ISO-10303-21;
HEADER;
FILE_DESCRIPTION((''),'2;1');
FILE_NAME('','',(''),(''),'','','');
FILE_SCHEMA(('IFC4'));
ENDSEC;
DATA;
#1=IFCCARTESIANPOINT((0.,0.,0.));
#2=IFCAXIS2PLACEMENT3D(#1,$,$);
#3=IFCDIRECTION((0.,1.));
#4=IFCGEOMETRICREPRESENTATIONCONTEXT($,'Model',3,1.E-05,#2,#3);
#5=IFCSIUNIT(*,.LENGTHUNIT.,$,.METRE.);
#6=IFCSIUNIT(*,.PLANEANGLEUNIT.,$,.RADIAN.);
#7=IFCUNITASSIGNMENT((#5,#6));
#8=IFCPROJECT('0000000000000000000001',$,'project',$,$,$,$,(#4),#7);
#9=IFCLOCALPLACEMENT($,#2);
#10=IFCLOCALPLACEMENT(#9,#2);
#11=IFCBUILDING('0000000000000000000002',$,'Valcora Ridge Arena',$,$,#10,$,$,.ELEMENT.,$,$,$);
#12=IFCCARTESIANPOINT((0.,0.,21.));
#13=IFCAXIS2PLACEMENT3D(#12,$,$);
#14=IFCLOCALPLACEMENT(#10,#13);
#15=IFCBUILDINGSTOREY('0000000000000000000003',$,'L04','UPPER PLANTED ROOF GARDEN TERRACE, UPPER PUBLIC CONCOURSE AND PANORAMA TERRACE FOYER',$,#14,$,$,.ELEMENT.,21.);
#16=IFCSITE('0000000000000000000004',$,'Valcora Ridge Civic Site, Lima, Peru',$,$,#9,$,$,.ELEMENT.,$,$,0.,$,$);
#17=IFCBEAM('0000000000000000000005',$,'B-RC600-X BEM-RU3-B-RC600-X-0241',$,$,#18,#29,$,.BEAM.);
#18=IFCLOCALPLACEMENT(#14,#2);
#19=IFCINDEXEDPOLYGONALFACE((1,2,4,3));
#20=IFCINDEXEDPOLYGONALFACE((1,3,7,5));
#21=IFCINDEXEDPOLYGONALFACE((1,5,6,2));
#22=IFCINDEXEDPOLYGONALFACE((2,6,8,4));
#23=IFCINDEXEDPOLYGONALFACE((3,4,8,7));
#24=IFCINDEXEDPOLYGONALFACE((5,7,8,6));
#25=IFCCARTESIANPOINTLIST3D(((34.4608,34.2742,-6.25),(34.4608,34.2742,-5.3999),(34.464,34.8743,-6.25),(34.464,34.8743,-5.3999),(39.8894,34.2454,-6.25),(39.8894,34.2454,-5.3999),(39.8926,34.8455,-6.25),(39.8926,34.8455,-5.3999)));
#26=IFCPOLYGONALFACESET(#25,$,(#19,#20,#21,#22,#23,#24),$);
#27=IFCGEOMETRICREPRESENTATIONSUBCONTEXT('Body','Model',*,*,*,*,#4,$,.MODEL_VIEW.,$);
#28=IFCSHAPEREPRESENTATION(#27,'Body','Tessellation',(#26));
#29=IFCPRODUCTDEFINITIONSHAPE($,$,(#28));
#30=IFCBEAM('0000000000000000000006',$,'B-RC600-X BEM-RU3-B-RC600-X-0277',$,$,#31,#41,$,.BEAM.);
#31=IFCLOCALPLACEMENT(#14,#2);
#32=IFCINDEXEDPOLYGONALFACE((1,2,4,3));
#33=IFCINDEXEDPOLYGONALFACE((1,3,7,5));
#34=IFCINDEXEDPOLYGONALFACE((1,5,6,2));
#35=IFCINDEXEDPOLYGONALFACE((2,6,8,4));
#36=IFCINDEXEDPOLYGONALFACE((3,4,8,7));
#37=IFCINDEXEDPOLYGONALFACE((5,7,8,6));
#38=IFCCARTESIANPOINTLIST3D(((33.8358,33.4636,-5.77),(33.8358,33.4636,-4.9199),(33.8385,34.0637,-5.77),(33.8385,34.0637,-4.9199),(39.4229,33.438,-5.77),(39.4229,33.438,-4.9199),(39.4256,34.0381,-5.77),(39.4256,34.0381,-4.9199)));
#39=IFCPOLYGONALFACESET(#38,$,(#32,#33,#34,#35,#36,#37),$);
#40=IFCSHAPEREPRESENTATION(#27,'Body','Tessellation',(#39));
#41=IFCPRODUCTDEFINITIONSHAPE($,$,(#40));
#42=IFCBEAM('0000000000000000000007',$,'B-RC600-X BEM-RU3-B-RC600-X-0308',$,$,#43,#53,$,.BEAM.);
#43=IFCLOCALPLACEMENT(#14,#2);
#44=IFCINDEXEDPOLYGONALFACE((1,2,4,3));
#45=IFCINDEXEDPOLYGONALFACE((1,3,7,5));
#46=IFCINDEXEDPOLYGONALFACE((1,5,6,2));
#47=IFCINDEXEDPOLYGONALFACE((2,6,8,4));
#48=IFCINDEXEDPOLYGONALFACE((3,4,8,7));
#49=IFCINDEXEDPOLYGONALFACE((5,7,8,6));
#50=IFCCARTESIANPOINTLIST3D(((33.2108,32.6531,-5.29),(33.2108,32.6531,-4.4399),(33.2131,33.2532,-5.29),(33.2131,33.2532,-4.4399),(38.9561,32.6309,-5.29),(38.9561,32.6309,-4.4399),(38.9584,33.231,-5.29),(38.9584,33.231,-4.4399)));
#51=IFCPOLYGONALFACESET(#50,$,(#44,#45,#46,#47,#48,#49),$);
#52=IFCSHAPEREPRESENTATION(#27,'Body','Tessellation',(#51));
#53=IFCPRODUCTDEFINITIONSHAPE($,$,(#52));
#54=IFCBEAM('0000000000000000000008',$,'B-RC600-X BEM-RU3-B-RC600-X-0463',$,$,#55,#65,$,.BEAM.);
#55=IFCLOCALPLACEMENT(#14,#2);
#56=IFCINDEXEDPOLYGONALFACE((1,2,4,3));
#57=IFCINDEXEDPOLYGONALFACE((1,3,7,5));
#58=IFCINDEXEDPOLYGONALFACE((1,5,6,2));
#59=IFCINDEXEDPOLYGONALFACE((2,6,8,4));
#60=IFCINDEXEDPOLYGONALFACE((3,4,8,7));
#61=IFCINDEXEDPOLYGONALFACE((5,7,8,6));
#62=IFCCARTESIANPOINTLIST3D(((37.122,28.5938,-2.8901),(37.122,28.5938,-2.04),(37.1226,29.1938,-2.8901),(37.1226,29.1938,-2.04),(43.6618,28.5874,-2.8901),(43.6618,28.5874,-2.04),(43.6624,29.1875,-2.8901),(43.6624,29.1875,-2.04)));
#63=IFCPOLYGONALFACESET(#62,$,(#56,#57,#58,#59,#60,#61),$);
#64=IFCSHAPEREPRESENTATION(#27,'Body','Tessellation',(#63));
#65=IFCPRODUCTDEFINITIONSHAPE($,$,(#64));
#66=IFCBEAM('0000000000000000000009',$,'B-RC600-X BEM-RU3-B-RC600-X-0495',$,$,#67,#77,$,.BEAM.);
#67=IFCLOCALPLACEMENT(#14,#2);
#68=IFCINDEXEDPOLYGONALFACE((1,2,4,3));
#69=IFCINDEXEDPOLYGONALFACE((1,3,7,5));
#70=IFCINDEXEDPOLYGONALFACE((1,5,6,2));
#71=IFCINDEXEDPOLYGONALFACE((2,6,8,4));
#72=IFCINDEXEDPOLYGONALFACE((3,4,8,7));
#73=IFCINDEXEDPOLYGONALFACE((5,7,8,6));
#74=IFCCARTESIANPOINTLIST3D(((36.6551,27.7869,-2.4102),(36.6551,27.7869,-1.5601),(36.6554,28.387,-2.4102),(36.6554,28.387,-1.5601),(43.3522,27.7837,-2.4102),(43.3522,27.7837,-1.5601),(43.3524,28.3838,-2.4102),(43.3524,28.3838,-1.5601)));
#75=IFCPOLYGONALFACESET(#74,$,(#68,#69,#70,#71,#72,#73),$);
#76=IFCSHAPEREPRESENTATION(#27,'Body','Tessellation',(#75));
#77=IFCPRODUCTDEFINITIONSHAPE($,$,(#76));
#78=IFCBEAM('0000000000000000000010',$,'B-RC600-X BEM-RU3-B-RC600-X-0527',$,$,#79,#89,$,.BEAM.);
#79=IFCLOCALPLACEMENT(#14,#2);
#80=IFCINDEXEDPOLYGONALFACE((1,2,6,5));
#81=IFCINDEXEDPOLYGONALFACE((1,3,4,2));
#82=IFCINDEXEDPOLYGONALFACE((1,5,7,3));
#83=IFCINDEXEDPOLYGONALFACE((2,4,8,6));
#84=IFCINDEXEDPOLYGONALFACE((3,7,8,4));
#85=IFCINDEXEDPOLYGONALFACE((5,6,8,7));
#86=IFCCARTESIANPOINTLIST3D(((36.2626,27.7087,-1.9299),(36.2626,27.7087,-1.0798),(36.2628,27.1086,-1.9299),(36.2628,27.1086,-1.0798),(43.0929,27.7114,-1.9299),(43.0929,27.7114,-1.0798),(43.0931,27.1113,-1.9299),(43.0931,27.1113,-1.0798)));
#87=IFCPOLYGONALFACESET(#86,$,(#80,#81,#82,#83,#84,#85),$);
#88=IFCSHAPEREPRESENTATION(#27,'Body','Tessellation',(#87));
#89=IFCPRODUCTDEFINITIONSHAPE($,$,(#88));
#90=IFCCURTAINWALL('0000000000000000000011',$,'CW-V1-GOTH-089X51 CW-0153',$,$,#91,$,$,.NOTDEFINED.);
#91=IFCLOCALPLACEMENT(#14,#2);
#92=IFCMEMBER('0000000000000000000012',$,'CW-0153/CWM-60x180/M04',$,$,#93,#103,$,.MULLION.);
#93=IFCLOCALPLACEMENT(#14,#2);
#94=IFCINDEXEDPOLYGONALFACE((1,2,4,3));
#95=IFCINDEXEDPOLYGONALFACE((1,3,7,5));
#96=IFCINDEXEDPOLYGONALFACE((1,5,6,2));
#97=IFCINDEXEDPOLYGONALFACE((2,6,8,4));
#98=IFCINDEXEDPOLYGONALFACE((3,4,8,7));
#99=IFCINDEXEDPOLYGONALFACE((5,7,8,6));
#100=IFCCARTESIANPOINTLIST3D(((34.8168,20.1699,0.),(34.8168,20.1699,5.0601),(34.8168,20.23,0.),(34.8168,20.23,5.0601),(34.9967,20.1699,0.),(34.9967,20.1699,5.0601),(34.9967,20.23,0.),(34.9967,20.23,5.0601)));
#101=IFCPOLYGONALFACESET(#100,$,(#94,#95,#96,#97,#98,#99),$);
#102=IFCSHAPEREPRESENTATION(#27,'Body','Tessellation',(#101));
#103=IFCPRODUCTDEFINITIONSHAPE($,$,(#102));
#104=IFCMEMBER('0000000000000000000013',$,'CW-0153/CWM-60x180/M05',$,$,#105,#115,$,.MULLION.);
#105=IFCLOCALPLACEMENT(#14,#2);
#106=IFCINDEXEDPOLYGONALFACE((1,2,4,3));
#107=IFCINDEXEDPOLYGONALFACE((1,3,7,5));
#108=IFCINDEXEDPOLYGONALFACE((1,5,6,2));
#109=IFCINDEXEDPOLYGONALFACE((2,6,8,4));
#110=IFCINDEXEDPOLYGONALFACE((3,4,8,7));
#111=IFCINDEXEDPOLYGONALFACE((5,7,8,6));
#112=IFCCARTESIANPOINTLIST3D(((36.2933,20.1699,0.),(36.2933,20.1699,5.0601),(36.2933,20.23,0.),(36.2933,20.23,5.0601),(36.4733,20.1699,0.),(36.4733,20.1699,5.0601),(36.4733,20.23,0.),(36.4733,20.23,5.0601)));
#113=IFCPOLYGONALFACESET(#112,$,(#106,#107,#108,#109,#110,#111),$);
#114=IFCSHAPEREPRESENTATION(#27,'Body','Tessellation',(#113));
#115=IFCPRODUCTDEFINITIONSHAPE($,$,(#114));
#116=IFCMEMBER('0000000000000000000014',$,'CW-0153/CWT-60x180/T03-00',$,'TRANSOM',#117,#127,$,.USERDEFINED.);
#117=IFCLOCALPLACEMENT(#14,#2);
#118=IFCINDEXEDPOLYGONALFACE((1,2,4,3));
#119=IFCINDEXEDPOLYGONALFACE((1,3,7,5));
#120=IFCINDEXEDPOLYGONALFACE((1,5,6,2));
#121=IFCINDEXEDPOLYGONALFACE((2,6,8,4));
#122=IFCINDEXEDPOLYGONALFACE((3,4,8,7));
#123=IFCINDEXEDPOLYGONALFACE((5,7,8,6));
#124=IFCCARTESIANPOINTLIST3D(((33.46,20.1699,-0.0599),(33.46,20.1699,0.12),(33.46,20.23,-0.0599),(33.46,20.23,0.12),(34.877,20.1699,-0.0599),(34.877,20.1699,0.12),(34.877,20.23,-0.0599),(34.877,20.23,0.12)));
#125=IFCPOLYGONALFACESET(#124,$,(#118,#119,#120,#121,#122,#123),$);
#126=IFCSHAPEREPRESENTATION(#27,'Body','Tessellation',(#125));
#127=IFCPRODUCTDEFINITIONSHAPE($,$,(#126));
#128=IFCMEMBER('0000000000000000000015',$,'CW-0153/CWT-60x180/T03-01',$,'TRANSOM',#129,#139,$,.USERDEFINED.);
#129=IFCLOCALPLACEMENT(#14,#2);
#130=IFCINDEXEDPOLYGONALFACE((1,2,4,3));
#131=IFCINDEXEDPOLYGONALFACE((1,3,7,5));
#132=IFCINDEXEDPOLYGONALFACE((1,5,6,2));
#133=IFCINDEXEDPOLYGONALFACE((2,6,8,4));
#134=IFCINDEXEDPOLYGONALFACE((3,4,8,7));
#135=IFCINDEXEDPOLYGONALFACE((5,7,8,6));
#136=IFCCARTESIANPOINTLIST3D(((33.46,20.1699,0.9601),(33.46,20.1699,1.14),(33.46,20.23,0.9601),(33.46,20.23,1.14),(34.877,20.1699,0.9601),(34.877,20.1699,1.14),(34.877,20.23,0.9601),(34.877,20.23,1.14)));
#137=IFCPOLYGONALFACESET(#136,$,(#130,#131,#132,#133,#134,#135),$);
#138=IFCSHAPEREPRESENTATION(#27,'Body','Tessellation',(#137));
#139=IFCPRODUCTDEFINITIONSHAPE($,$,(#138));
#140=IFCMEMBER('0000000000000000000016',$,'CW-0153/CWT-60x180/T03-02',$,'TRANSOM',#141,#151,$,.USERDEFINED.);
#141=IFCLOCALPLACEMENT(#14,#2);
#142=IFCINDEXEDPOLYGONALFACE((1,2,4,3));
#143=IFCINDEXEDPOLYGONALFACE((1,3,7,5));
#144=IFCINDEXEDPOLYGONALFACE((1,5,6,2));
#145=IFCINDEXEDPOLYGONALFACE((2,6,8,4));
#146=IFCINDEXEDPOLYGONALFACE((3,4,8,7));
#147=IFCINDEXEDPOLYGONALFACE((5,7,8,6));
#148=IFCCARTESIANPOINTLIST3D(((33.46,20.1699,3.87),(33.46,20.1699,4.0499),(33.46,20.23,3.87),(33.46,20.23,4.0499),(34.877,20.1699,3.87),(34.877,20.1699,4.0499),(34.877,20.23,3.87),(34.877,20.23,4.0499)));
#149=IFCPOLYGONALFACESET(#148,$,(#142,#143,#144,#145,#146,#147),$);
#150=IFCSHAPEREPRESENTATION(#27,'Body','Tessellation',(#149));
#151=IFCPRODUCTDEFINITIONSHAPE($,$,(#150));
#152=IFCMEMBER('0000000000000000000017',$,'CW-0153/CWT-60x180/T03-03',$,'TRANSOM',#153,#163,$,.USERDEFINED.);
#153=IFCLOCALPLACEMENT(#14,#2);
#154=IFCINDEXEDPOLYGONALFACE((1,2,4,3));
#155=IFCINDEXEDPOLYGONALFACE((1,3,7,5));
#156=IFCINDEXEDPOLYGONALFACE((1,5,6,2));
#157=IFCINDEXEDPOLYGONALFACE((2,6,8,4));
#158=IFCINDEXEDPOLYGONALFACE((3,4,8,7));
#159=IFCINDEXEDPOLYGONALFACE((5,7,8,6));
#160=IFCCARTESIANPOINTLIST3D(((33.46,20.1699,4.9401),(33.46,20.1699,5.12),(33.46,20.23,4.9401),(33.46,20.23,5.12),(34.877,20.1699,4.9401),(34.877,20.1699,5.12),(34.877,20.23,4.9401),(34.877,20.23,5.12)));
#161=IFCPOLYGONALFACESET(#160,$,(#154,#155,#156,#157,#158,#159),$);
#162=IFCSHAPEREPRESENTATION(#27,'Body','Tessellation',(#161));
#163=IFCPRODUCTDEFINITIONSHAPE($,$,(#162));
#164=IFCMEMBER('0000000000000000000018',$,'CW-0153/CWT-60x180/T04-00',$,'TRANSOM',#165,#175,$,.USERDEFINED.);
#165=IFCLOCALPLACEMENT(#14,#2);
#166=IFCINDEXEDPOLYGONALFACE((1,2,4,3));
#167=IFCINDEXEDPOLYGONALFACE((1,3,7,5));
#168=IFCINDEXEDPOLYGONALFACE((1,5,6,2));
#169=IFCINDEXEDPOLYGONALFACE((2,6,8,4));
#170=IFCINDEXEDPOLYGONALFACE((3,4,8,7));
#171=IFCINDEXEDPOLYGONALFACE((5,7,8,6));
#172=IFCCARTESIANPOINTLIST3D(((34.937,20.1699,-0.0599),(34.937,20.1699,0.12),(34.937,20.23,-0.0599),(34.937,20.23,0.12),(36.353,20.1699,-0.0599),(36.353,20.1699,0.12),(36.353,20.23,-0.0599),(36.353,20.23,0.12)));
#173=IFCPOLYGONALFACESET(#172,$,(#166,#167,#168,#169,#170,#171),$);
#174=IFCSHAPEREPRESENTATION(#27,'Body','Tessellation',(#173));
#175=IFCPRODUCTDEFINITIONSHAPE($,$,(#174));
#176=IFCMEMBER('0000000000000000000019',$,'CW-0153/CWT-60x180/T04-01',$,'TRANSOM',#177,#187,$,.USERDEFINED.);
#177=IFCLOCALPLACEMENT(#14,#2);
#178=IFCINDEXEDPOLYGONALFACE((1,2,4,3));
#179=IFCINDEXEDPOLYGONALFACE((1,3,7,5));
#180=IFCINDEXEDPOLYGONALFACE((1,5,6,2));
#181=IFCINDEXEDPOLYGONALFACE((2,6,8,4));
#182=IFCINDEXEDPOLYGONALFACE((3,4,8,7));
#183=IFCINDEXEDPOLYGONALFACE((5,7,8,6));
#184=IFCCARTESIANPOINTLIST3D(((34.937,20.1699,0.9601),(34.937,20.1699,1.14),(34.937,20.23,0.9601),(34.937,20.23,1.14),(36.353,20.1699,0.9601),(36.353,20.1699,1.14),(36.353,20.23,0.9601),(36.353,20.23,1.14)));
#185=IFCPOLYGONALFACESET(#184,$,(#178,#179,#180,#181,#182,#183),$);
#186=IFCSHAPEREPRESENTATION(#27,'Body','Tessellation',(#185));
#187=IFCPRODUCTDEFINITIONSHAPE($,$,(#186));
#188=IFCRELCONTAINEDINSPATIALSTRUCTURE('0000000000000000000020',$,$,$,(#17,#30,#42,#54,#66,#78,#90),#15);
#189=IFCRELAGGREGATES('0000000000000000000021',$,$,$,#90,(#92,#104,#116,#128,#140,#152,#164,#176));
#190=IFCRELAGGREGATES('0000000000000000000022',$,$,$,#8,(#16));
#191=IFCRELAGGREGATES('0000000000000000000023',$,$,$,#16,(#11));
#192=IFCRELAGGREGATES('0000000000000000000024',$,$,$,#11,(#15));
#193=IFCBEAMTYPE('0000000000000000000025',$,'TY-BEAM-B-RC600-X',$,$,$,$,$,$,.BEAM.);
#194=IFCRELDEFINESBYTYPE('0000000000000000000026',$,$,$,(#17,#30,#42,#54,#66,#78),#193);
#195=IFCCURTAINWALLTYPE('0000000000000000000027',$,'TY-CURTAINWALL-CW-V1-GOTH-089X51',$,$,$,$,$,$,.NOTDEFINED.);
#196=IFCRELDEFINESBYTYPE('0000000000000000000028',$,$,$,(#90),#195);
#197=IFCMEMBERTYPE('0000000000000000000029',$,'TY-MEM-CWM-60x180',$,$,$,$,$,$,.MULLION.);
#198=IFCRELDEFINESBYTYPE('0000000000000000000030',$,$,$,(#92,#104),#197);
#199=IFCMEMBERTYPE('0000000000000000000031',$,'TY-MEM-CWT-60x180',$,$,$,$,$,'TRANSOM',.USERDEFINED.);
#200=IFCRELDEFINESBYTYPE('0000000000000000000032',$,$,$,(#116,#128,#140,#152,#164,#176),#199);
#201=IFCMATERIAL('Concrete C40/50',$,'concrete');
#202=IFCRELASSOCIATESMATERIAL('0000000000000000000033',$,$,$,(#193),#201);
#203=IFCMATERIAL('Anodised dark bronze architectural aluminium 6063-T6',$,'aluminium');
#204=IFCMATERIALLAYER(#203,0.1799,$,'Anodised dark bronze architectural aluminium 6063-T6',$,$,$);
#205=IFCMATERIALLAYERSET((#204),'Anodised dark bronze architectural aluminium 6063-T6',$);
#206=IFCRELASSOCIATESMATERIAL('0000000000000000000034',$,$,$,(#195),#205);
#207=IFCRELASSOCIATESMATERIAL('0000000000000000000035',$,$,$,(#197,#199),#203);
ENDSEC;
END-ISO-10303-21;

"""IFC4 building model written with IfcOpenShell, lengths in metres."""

from ifc_helpers import new_model, si_unit, direction, frame, origin, origin_2d, place, context, subcontext, project, spatial, rectangle, extrude, material, layer, layer_set, material_profile, profile_set, type_object, element, aggregate, save


model = new_model("IFC4")

# Units and contexts
model_context = context("Model", 3, precision=1e-05, world=origin(), true_north=direction((0.0, 1.0)))
body_context = subcontext(model_context, "Body", "Model", "MODEL_VIEW")
ifc_project = project(units=[si_unit("LENGTHUNIT", "METRE"), si_unit("PLANEANGLEUNIT", "RADIAN")], contexts=[model_context])

# Site, building, storey
site_placement = place(None, origin())
site = spatial("IfcSite", under=ifc_project, at=site_placement, Name="Valcora Ridge Civic Site, Lima, Peru", CompositionType="ELEMENT", RefElevation=0.0)
building_placement = place(site_placement, origin())
building = spatial("IfcBuilding", under=site, at=building_placement, Name="Valcora Ridge Arena", CompositionType="ELEMENT")
storey_placement = place(building_placement, frame((0.0, 0.0, 21.0)))
storey = spatial("IfcBuildingStorey", under=building, at=storey_placement, Name="L04", Description="UPPER PLANTED ROOF GARDEN TERRACE, UPPER PUBLIC CONCOURSE AND PANORAMA TERRACE FOYER", CompositionType="ELEMENT", Elevation=21.0)

# Beams
ifc_material_1 = material(Name="Concrete C40/50", Category="concrete")
ifc_material_profile_1 = material_profile(ifc_material_1, rectangle(XDim=0.6001, YDim=0.8501, at=origin_2d()), Name="RC 600x850")
ifc_profile_set_1 = profile_set([ifc_material_profile_1], Name="Concrete C40/50")
beam_type = type_object("IfcBeamType", Name="TY-BEAM-B-RC600-X", PredefinedType="BEAM", material=ifc_profile_set_1)
beam_1_placement = place(storey_placement, frame((34.4624, 34.5742, -5.825), z_axis=(0.999986, -0.005307, 0.0), x_axis=(0.005307, 0.999986, 0.0)))
element("IfcBeam", 1, at=beam_1_placement, inside=storey, type_object=beam_type, Name="B-RC600-X BEM-RU3-B-RC600-X-0241", PredefinedType="BEAM", context=body_context, shape_type="SweptSolid", body=[
    extrude(rectangle(XDim=0.6001, YDim=0.8501, at=origin_2d()), origin(), (0.0, 0.0, 1.0), 5.4287),
])
beam_2_placement = place(storey_placement, frame((33.8372, 33.7637, -5.345), z_axis=(0.999989, -0.004588, 0.0), x_axis=(0.004588, 0.999989, 0.0)))
element("IfcBeam", 2, at=beam_2_placement, inside=storey, type_object=beam_type, Name="B-RC600-X BEM-RU3-B-RC600-X-0277", PredefinedType="BEAM", context=body_context, shape_type="SweptSolid", body=[
    extrude(rectangle(XDim=0.6001, YDim=0.8501, at=origin_2d()), origin(), (0.0, 0.0, 1.0), 5.5872),
])
beam_3_placement = place(storey_placement, frame((33.2119, 32.9531, -4.865), z_axis=(0.999993, -0.003867, 0.0), x_axis=(0.003867, 0.999993, 0.0)))
element("IfcBeam", 3, at=beam_3_placement, inside=storey, type_object=beam_type, Name="B-RC600-X BEM-RU3-B-RC600-X-0308", PredefinedType="BEAM", context=body_context, shape_type="SweptSolid", body=[
    extrude(rectangle(XDim=0.6001, YDim=0.8501, at=origin_2d()), origin(), (0.0, 0.0, 1.0), 5.7454),
])
beam_4_placement = place(storey_placement, frame((37.1223, 28.8938, -2.4651), z_axis=(1.0, -0.000971, 0.0), x_axis=(0.000971, 1.0, 0.0)))
element("IfcBeam", 4, at=beam_4_placement, inside=storey, type_object=beam_type, Name="B-RC600-X BEM-RU3-B-RC600-X-0463", PredefinedType="BEAM", context=body_context, shape_type="SweptSolid", body=[
    extrude(rectangle(XDim=0.6001, YDim=0.8501, at=origin_2d()), origin(), (0.0, 0.0, 1.0), 6.5398),
])
beam_5_placement = place(storey_placement, frame((36.6553, 28.0869, -1.9851), z_axis=(1.0, -0.000474, 0.0), x_axis=(0.000474, 1.0, 0.0)))
element("IfcBeam", 5, at=beam_5_placement, inside=storey, type_object=beam_type, Name="B-RC600-X BEM-RU3-B-RC600-X-0495", PredefinedType="BEAM", context=body_context, shape_type="SweptSolid", body=[
    extrude(rectangle(XDim=0.6001, YDim=0.8501, at=origin_2d()), origin(), (0.0, 0.0, 1.0), 6.697),
])
beam_6_placement = place(storey_placement, frame((36.2627, 27.4087, -1.5049), z_axis=(1.0, 0.000393, 0.0), x_axis=(-0.000393, 1.0, 0.0)))
element("IfcBeam", 6, at=beam_6_placement, inside=storey, type_object=beam_type, Name="B-RC600-X BEM-RU3-B-RC600-X-0527", PredefinedType="BEAM", context=body_context, shape_type="SweptSolid", body=[
    extrude(rectangle(XDim=0.6001, YDim=0.8501, at=origin_2d()), origin(), (0.0, 0.0, 1.0), 6.8303),
])

# Curtain wall, members
ifc_material_2 = material(Name="Anodised dark bronze architectural aluminium 6063-T6", Category="aluminium")
ifc_layer_1 = layer(ifc_material_2, 0.1799, Name="Anodised dark bronze architectural aluminium 6063-T6")
ifc_layer_set_1 = layer_set([ifc_layer_1], Name="Anodised dark bronze architectural aluminium 6063-T6")
curtain_wall_type = type_object("IfcCurtainWallType", Name="TY-CURTAINWALL-CW-V1-GOTH-089X51", PredefinedType="NOTDEFINED", material=ifc_layer_set_1)
curtain_wall_placement = place(storey_placement, origin())
curtain_wall = element("IfcCurtainWall", 7, at=curtain_wall_placement, inside=storey, type_object=curtain_wall_type, Name="CW-V1-GOTH-089X51 CW-0153", PredefinedType="NOTDEFINED")
ifc_material_profile_2 = material_profile(ifc_material_2, rectangle(XDim=0.0601, YDim=0.1799, at=origin_2d()), Name="ALU MULLION 60x180")
ifc_profile_set_2 = profile_set([ifc_material_profile_2], Name="Anodised dark bronze architectural aluminium 6063-T6")
member_type_1 = type_object("IfcMemberType", Name="TY-MEM-CWM-60x180", PredefinedType="MULLION", material=ifc_profile_set_2)
member_1_placement = place(storey_placement, frame((34.9067, 20.2, 0.0), z_axis=(0.0, 0.0, 1.0), x_axis=(0.0, 1.0, 0.0)))
member_1 = element("IfcMember", 8, at=member_1_placement, type_object=member_type_1, Name="CW-0153/CWM-60x180/M04", PredefinedType="MULLION", context=body_context, shape_type="SweptSolid", body=[
    extrude(rectangle(XDim=0.0601, YDim=0.1799, at=origin_2d()), origin(), (0.0, 0.0, 1.0), 5.0601),
])
member_2_placement = place(storey_placement, frame((36.3833, 20.2, 0.0), z_axis=(0.0, 0.0, 1.0), x_axis=(0.0, 1.0, 0.0)))
member_2 = element("IfcMember", 9, at=member_2_placement, type_object=member_type_1, Name="CW-0153/CWM-60x180/M05", PredefinedType="MULLION", context=body_context, shape_type="SweptSolid", body=[
    extrude(rectangle(XDim=0.0601, YDim=0.1799, at=origin_2d()), origin(), (0.0, 0.0, 1.0), 5.0601),
])
ifc_material_profile_3 = material_profile(ifc_material_2, rectangle(XDim=0.0601, YDim=0.1799, at=origin_2d()), Name="ALU TRANSOM 60x180")
ifc_profile_set_3 = profile_set([ifc_material_profile_3], Name="Anodised dark bronze architectural aluminium 6063-T6")
member_type_2 = type_object("IfcMemberType", Name="TY-MEM-CWT-60x180", ElementType="TRANSOM", PredefinedType="USERDEFINED", material=ifc_profile_set_3)
member_3_placement = place(storey_placement, frame((33.46, 20.2, 0.03), z_axis=(1.0, 0.0, 0.0), x_axis=(0.0, 1.0, 0.0)))
member_3 = element("IfcMember", 10, at=member_3_placement, type_object=member_type_2, Name="CW-0153/CWT-60x180/T03-00", ObjectType="TRANSOM", PredefinedType="USERDEFINED", context=body_context, shape_type="SweptSolid", body=[
    extrude(rectangle(XDim=0.0601, YDim=0.1799, at=origin_2d()), origin(), (0.0, 0.0, 1.0), 1.417),
])
member_4_placement = place(storey_placement, frame((33.46, 20.2, 1.05), z_axis=(1.0, 0.0, 0.0), x_axis=(0.0, 1.0, 0.0)))
member_4 = element("IfcMember", 11, at=member_4_placement, type_object=member_type_2, Name="CW-0153/CWT-60x180/T03-01", ObjectType="TRANSOM", PredefinedType="USERDEFINED", context=body_context, shape_type="SweptSolid", body=[
    extrude(rectangle(XDim=0.0601, YDim=0.1799, at=origin_2d()), origin(), (0.0, 0.0, 1.0), 1.417),
])
member_5_placement = place(storey_placement, frame((33.46, 20.2, 3.96), z_axis=(1.0, 0.0, 0.0), x_axis=(0.0, 1.0, 0.0)))
member_5 = element("IfcMember", 12, at=member_5_placement, type_object=member_type_2, Name="CW-0153/CWT-60x180/T03-02", ObjectType="TRANSOM", PredefinedType="USERDEFINED", context=body_context, shape_type="SweptSolid", body=[
    extrude(rectangle(XDim=0.0601, YDim=0.1799, at=origin_2d()), origin(), (0.0, 0.0, 1.0), 1.417),
])
member_6_placement = place(storey_placement, frame((33.46, 20.2, 5.03), z_axis=(1.0, 0.0, 0.0), x_axis=(0.0, 1.0, 0.0)))
member_6 = element("IfcMember", 13, at=member_6_placement, type_object=member_type_2, Name="CW-0153/CWT-60x180/T03-03", ObjectType="TRANSOM", PredefinedType="USERDEFINED", context=body_context, shape_type="SweptSolid", body=[
    extrude(rectangle(XDim=0.0601, YDim=0.1799, at=origin_2d()), origin(), (0.0, 0.0, 1.0), 1.417),
])
member_7_placement = place(storey_placement, frame((34.937, 20.2, 0.03), z_axis=(1.0, 0.0, 0.0), x_axis=(0.0, 1.0, 0.0)))
member_7 = element("IfcMember", 14, at=member_7_placement, type_object=member_type_2, Name="CW-0153/CWT-60x180/T04-00", ObjectType="TRANSOM", PredefinedType="USERDEFINED", context=body_context, shape_type="SweptSolid", body=[
    extrude(rectangle(XDim=0.0601, YDim=0.1799, at=origin_2d()), origin(), (0.0, 0.0, 1.0), 1.416),
])
member_8_placement = place(storey_placement, frame((34.937, 20.2, 1.05), z_axis=(1.0, 0.0, 0.0), x_axis=(0.0, 1.0, 0.0)))
member_8 = element("IfcMember", 15, at=member_8_placement, type_object=member_type_2, Name="CW-0153/CWT-60x180/T04-01", ObjectType="TRANSOM", PredefinedType="USERDEFINED", context=body_context, shape_type="SweptSolid", body=[
    extrude(rectangle(XDim=0.0601, YDim=0.1799, at=origin_2d()), origin(), (0.0, 0.0, 1.0), 1.416),
])
aggregate(curtain_wall, [member_1, member_2, member_3, member_4, member_5, member_6, member_7, member_8])

save(model, "model.ifc")
